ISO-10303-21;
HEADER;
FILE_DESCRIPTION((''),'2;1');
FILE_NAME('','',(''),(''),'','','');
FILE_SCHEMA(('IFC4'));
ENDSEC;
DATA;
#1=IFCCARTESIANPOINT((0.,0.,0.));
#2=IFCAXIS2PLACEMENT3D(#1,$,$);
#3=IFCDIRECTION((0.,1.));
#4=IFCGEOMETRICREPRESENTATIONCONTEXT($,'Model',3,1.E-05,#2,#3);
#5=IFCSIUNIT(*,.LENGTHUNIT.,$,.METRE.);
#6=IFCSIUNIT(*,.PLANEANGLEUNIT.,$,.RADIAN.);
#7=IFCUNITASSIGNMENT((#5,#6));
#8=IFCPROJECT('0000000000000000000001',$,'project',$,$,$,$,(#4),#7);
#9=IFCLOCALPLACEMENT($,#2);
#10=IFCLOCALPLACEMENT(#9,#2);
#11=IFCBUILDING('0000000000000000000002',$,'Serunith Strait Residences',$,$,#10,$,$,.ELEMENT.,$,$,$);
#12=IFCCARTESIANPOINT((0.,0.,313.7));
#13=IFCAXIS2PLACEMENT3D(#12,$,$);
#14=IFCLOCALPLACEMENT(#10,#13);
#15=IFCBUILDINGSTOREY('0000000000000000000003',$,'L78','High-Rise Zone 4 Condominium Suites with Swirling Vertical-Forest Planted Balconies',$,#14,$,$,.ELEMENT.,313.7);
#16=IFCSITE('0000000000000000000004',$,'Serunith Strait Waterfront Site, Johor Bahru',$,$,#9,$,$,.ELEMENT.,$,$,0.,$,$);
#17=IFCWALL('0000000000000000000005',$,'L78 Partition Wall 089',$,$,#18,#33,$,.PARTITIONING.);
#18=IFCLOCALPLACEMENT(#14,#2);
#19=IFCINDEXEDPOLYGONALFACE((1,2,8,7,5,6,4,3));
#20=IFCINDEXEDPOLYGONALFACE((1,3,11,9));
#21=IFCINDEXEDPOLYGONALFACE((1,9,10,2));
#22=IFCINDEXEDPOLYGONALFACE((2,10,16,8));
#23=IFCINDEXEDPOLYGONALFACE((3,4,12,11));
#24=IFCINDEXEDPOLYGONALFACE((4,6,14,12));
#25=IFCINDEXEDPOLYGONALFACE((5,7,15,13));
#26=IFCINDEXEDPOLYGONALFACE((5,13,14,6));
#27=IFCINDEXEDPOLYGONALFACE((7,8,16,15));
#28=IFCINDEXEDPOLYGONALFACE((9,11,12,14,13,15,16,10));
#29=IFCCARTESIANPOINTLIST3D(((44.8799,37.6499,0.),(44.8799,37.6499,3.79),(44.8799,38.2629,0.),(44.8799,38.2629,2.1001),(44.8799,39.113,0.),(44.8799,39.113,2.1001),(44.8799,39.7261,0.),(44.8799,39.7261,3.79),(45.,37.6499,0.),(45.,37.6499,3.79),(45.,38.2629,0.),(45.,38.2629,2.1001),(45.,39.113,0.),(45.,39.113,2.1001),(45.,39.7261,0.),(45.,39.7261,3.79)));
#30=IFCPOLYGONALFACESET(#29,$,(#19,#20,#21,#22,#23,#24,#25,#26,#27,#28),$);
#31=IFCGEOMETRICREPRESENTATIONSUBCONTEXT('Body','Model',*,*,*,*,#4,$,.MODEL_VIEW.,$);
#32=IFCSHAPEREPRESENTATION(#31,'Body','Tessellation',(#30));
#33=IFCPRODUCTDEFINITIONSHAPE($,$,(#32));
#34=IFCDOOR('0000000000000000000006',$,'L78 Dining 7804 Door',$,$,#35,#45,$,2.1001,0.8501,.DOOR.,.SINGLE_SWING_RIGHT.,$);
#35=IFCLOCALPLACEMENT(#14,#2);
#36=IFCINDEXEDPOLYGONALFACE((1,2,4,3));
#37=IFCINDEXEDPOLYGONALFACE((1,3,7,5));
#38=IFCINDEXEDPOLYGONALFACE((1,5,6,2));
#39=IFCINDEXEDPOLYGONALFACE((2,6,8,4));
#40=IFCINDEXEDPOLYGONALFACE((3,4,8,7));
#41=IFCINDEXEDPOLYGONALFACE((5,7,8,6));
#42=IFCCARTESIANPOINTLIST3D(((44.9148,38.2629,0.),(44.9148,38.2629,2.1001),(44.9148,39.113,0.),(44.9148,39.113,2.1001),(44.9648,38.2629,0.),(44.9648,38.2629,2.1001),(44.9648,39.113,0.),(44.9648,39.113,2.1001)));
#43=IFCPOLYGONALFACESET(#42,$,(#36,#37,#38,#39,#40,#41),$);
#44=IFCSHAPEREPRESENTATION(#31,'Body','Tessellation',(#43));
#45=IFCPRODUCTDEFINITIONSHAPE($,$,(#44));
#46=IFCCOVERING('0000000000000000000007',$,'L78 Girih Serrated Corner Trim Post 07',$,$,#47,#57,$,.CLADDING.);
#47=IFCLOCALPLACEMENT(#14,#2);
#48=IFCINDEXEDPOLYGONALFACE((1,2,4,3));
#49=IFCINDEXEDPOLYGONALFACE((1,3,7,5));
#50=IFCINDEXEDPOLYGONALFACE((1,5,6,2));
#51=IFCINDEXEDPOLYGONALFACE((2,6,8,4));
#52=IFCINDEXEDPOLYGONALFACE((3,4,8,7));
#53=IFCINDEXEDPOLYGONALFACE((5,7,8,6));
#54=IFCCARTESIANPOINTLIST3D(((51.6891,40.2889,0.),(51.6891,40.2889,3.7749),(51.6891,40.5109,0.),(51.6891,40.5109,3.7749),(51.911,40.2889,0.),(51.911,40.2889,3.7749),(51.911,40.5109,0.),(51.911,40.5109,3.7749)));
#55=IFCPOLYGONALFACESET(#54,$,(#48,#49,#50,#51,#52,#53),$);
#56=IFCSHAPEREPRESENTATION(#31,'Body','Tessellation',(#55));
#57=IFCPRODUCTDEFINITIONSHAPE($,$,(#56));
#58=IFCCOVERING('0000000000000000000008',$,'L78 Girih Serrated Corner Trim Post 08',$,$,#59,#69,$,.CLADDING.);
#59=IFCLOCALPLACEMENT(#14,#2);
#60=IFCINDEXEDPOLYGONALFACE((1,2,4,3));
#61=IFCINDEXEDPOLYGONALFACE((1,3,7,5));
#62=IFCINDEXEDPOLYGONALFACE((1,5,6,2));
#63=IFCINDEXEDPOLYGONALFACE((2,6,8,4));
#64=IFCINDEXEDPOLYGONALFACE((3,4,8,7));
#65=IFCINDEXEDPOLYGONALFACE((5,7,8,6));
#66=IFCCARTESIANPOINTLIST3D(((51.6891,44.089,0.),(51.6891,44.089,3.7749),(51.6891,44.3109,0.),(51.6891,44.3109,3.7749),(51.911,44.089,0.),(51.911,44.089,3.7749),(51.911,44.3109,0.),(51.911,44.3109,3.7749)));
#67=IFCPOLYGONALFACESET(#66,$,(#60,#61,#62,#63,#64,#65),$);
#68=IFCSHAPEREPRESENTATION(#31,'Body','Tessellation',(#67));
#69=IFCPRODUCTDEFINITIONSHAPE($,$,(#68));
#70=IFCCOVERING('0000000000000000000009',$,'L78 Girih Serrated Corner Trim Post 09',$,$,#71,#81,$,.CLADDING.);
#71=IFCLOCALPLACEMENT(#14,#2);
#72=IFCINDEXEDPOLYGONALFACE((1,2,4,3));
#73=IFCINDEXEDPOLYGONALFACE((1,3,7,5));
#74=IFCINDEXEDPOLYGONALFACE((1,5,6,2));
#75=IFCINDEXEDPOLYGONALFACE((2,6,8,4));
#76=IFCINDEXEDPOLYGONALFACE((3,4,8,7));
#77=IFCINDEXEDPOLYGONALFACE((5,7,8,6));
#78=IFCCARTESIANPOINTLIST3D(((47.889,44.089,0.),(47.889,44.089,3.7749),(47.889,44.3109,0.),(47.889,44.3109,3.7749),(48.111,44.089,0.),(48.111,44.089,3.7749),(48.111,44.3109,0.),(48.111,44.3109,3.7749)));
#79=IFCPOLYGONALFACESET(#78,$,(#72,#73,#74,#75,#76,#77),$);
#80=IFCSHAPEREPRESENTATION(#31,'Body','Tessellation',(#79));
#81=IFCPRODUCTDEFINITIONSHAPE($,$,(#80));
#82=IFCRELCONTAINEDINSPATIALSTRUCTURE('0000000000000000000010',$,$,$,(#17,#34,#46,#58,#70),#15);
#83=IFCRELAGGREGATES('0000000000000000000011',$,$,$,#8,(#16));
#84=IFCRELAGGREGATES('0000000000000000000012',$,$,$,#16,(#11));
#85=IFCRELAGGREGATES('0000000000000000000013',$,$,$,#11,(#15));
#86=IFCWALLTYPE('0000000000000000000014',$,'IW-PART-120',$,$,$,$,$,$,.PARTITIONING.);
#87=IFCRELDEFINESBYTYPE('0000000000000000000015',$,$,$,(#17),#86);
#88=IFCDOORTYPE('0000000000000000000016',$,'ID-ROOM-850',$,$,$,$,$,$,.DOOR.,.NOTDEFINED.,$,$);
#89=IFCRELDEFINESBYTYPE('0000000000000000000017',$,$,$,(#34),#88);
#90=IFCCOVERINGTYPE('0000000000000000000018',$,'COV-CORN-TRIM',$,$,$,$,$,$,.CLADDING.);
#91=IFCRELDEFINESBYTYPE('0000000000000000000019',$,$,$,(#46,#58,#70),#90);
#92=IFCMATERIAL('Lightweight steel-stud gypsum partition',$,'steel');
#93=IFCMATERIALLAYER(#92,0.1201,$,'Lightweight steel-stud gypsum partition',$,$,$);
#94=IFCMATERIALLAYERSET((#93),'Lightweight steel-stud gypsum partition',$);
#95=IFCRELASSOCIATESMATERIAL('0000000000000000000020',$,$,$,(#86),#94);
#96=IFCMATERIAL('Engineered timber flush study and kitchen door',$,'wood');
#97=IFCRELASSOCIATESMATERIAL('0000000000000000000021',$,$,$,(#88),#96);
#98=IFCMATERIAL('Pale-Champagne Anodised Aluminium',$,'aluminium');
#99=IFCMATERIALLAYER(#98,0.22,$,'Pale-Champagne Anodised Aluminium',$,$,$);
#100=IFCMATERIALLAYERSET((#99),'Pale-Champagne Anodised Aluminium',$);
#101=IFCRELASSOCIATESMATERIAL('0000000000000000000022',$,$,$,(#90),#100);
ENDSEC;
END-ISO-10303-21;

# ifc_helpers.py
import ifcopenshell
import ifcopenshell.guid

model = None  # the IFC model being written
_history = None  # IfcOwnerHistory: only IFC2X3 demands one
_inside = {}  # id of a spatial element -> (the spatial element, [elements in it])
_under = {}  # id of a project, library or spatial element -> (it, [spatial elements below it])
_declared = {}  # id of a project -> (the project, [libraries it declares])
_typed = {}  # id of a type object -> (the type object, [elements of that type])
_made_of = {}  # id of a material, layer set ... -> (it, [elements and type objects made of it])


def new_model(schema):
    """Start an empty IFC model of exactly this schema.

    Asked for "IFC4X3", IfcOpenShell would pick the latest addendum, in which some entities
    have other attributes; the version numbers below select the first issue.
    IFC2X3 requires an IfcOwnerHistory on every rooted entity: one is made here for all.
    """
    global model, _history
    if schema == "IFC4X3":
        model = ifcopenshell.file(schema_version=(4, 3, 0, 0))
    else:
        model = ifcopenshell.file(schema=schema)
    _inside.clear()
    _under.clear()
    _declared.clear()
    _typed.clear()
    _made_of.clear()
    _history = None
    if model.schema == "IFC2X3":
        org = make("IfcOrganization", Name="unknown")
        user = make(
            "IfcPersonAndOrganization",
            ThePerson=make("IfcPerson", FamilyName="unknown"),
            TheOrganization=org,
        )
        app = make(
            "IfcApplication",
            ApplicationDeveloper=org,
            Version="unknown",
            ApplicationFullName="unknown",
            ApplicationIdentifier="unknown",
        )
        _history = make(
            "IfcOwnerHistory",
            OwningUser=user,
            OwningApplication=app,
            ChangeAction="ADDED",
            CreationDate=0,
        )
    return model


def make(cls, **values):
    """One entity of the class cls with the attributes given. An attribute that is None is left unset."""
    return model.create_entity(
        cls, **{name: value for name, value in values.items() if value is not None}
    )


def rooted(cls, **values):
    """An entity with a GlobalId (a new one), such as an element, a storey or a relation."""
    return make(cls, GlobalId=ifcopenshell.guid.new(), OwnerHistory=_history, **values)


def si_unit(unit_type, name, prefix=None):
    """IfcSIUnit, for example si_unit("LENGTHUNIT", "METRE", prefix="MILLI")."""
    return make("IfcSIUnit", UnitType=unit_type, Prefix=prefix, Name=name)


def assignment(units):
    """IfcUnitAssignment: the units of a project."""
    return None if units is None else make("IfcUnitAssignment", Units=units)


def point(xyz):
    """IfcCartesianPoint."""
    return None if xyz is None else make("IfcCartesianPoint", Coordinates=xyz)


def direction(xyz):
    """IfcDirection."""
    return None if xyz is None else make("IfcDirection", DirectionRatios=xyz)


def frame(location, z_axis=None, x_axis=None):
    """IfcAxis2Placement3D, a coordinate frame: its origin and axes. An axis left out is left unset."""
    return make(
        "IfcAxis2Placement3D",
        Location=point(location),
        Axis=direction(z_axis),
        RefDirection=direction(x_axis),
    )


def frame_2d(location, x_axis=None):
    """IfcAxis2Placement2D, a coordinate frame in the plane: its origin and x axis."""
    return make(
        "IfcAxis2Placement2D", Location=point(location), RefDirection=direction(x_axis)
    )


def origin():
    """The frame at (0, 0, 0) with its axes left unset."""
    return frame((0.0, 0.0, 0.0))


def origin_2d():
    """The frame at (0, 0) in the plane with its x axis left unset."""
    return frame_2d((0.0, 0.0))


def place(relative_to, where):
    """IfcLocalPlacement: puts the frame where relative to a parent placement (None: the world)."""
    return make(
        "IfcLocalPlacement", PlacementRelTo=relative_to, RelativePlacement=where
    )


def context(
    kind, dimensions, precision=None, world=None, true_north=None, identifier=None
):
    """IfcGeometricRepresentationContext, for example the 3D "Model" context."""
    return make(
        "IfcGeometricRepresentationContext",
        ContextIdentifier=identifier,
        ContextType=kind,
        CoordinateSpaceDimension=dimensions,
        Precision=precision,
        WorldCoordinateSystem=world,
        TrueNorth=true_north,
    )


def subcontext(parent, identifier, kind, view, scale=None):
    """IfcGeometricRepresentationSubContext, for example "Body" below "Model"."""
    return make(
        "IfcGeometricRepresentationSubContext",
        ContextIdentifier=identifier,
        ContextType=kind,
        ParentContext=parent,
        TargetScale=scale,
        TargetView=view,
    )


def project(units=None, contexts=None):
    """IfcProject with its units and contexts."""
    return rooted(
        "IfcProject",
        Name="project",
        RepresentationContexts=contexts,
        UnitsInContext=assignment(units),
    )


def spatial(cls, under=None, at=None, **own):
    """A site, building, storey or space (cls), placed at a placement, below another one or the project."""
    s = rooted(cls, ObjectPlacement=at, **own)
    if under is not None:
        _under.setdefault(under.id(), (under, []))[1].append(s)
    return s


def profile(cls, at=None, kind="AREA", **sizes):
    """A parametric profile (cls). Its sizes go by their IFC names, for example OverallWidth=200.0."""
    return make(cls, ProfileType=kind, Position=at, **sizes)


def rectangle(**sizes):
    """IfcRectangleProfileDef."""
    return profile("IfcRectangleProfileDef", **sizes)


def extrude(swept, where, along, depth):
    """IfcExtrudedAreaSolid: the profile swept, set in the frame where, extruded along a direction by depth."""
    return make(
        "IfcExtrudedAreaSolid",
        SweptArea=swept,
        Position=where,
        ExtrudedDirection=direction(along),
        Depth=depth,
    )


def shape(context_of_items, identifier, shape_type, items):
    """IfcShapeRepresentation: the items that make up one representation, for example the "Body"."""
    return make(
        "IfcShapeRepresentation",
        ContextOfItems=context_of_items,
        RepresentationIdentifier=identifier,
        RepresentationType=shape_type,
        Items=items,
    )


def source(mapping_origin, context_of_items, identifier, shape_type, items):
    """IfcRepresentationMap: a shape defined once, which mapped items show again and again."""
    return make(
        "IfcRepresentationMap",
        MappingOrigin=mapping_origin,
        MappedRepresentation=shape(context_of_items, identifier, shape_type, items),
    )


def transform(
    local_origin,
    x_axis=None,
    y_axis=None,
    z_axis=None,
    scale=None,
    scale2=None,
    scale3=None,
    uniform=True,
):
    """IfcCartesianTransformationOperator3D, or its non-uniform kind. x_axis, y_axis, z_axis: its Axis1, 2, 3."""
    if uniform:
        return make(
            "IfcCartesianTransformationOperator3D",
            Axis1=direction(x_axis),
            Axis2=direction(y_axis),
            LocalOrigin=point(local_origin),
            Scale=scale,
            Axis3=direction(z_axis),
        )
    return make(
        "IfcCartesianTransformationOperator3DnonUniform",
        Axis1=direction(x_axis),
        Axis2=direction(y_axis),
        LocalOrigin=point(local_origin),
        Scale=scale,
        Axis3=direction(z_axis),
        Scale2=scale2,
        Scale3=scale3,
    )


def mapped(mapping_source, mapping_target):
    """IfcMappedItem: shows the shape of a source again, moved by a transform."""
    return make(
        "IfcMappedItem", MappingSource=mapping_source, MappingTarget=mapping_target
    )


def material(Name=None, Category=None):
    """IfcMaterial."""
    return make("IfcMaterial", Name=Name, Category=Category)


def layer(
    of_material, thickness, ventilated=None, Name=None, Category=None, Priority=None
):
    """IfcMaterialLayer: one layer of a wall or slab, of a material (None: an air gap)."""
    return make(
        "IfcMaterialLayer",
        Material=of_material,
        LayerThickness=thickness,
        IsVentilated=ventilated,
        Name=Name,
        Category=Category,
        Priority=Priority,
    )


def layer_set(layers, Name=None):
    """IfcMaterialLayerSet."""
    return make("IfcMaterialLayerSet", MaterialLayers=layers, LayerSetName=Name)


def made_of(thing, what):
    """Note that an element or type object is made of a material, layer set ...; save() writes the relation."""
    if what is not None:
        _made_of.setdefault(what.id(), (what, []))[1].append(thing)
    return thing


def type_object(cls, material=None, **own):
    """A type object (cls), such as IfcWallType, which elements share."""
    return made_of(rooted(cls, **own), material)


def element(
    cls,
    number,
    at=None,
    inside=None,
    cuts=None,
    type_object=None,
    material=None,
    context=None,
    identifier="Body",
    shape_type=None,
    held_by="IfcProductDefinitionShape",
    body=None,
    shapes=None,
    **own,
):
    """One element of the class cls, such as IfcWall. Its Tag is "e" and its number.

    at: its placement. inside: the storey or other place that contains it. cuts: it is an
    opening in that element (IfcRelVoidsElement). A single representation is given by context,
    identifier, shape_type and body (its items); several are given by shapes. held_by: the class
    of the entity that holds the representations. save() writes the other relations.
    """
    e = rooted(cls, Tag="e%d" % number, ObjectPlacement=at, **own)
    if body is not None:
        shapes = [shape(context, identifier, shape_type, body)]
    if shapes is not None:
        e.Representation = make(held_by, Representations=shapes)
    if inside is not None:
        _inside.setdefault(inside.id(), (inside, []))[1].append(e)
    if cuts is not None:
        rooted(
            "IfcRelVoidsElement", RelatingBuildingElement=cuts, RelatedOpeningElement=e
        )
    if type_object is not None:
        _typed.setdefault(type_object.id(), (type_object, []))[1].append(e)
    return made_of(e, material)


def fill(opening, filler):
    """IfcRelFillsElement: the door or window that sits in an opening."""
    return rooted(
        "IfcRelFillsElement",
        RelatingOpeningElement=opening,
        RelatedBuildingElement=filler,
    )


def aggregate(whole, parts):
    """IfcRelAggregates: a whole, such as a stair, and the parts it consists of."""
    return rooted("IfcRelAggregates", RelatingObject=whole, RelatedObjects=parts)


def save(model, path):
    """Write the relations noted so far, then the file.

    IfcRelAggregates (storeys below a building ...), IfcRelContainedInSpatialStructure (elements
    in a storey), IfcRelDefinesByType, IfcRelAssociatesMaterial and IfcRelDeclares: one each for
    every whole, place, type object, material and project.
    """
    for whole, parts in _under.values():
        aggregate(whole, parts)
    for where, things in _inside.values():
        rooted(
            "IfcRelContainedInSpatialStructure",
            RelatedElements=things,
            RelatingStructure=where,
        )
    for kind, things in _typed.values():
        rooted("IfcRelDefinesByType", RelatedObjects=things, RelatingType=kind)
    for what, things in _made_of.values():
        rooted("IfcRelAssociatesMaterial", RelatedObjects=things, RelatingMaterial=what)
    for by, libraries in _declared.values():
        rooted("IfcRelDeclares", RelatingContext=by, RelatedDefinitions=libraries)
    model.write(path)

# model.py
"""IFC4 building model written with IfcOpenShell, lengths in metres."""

from ifc_helpers import new_model, si_unit, direction, frame, frame_2d, origin, origin_2d, place, context, subcontext, project, spatial, rectangle, extrude, source, transform, mapped, material, layer, layer_set, type_object, element, fill, save


model = new_model("IFC4")

# Units and contexts
model_context = context("Model", 3, precision=1e-05, world=origin(), true_north=direction((0.0, 1.0)))
body_context = subcontext(model_context, "Body", "Model", "MODEL_VIEW")
ifc_project = project(units=[si_unit("LENGTHUNIT", "METRE"), si_unit("PLANEANGLEUNIT", "RADIAN")], contexts=[model_context])

# Site, building, storey
site_placement = place(None, origin())
site = spatial("IfcSite", under=ifc_project, at=site_placement, Name="Serunith Strait Waterfront Site, Johor Bahru", CompositionType="ELEMENT", RefElevation=0.0)
building_placement = place(site_placement, origin())
building = spatial("IfcBuilding", under=site, at=building_placement, Name="Serunith Strait Residences", CompositionType="ELEMENT")
storey_placement = place(building_placement, frame((0.0, 0.0, 313.7)))
storey = spatial("IfcBuildingStorey", under=building, at=storey_placement, Name="L78", Description="High-Rise Zone 4 Condominium Suites with Swirling Vertical-Forest Planted Balconies", CompositionType="ELEMENT", Elevation=313.7)

# Shared definitions
ifc_material_1 = material(Name="Lightweight steel-stud gypsum partition", Category="steel")
ifc_layer_1 = layer(ifc_material_1, 0.1201, Name="Lightweight steel-stud gypsum partition")
ifc_layer_set_1 = layer_set([ifc_layer_1], Name="Lightweight steel-stud gypsum partition")
wall_type_1 = type_object("IfcWallType", Name="IW-PART-120", PredefinedType="PARTITIONING", material=ifc_layer_set_1)

# Wall, opening, door
wall_1_placement = place(storey_placement, frame((44.9399, 39.7261, 0.0), z_axis=(0.0, 0.0, 1.0), x_axis=(0.0, -1.0, 0.0)))
wall_1 = element("IfcWall", 1, at=wall_1_placement, inside=storey, type_object=wall_type_1, Name="L78 Partition Wall 089", PredefinedType="PARTITIONING", context=body_context, shape_type="SweptSolid", body=[
    extrude(rectangle(XDim=2.0762, YDim=0.1201, at=frame_2d((1.0381, 0.0))), origin(), (0.0, 0.0, 1.0), 3.79),
])
opening_1_placement = place(wall_1_placement, frame((0.613, 0.0, 0.0)))
opening_1 = element("IfcOpeningElement", 2, at=opening_1_placement, cuts=wall_1, PredefinedType="OPENING", context=body_context, shape_type="SweptSolid", body=[
    extrude(rectangle(XDim=0.8501, YDim=2.1001, at=frame_2d((0.425, 1.05))), frame((0.0, 0.0701, 0.0), z_axis=(0.0, -1.0, 0.0), x_axis=(1.0, 0.0, 0.0)), (0.0, 0.0, 1.0), 0.1401),
])
ifc_material_2 = material(Name="Engineered timber flush study and kitchen door", Category="wood")
door_type_1 = type_object("IfcDoorType", Name="ID-ROOM-850", OperationType="NOTDEFINED", PredefinedType="DOOR", material=ifc_material_2)
shared_shape_1 = source(origin(), body_context, "Body", "SweptSolid", [
    extrude(rectangle(XDim=0.8501, YDim=2.1001, at=frame_2d((0.425, 1.05))), frame((0.0, 0.0249, 0.0), z_axis=(0.0, -1.0, 0.0), x_axis=(1.0, 0.0, 0.0)), (0.0, 0.0, 1.0), 0.05),
])
door_1_placement = place(opening_1_placement, origin())
door_1 = element("IfcDoor", 3, at=door_1_placement, inside=storey, type_object=door_type_1, Name="L78 Dining 7804 Door", OperationType="SINGLE_SWING_RIGHT", OverallHeight=2.1001, OverallWidth=0.8501, PredefinedType="DOOR", context=body_context, shape_type="MappedRepresentation", body=[
    mapped(shared_shape_1, transform((0.0, 0.0, 0.0), scale=1.0)),
])
fill(opening_1, door_1)

# Coverings
ifc_material_3 = material(Name="Pale-Champagne Anodised Aluminium", Category="aluminium")
ifc_layer_2 = layer(ifc_material_3, 0.22, Name="Pale-Champagne Anodised Aluminium")
ifc_layer_set_2 = layer_set([ifc_layer_2], Name="Pale-Champagne Anodised Aluminium")
covering_type = type_object("IfcCoveringType", Name="COV-CORN-TRIM", PredefinedType="CLADDING", material=ifc_layer_set_2)
shared_shape_2 = source(origin(), body_context, "Body", "SweptSolid", [
    extrude(rectangle(XDim=0.2219, YDim=0.2219, at=origin_2d()), origin(), (0.0, 0.0, 1.0), 3.7749),
])
for number, where, z_axis, x_axis, name in (
    (4, (51.8, 40.3999, 0.0), (0.0, 0.0, 1.0), (1.0, 0.0, 0.0), "L78 Girih Serrated Corner Trim Post 07"),
    (5, (51.8, 44.2, 0.0), (0.0, 0.0, 1.0), (1.0, 0.0, 0.0), "L78 Girih Serrated Corner Trim Post 08"),
    (6, (48.0, 44.2, 0.0), (0.0, 0.0, 1.0), (1.0, 0.0, 0.0), "L78 Girih Serrated Corner Trim Post 09"),
):
    element("IfcCovering", number, at=place(storey_placement, frame(where, z_axis=z_axis, x_axis=x_axis)), inside=storey, type_object=covering_type, Name=name, PredefinedType="CLADDING", context=body_context, shape_type="MappedRepresentation", body=[
        mapped(shared_shape_2, transform((0.0, 0.0, 0.0), scale=1.0)),
    ])

save(model, "model.ifc")
